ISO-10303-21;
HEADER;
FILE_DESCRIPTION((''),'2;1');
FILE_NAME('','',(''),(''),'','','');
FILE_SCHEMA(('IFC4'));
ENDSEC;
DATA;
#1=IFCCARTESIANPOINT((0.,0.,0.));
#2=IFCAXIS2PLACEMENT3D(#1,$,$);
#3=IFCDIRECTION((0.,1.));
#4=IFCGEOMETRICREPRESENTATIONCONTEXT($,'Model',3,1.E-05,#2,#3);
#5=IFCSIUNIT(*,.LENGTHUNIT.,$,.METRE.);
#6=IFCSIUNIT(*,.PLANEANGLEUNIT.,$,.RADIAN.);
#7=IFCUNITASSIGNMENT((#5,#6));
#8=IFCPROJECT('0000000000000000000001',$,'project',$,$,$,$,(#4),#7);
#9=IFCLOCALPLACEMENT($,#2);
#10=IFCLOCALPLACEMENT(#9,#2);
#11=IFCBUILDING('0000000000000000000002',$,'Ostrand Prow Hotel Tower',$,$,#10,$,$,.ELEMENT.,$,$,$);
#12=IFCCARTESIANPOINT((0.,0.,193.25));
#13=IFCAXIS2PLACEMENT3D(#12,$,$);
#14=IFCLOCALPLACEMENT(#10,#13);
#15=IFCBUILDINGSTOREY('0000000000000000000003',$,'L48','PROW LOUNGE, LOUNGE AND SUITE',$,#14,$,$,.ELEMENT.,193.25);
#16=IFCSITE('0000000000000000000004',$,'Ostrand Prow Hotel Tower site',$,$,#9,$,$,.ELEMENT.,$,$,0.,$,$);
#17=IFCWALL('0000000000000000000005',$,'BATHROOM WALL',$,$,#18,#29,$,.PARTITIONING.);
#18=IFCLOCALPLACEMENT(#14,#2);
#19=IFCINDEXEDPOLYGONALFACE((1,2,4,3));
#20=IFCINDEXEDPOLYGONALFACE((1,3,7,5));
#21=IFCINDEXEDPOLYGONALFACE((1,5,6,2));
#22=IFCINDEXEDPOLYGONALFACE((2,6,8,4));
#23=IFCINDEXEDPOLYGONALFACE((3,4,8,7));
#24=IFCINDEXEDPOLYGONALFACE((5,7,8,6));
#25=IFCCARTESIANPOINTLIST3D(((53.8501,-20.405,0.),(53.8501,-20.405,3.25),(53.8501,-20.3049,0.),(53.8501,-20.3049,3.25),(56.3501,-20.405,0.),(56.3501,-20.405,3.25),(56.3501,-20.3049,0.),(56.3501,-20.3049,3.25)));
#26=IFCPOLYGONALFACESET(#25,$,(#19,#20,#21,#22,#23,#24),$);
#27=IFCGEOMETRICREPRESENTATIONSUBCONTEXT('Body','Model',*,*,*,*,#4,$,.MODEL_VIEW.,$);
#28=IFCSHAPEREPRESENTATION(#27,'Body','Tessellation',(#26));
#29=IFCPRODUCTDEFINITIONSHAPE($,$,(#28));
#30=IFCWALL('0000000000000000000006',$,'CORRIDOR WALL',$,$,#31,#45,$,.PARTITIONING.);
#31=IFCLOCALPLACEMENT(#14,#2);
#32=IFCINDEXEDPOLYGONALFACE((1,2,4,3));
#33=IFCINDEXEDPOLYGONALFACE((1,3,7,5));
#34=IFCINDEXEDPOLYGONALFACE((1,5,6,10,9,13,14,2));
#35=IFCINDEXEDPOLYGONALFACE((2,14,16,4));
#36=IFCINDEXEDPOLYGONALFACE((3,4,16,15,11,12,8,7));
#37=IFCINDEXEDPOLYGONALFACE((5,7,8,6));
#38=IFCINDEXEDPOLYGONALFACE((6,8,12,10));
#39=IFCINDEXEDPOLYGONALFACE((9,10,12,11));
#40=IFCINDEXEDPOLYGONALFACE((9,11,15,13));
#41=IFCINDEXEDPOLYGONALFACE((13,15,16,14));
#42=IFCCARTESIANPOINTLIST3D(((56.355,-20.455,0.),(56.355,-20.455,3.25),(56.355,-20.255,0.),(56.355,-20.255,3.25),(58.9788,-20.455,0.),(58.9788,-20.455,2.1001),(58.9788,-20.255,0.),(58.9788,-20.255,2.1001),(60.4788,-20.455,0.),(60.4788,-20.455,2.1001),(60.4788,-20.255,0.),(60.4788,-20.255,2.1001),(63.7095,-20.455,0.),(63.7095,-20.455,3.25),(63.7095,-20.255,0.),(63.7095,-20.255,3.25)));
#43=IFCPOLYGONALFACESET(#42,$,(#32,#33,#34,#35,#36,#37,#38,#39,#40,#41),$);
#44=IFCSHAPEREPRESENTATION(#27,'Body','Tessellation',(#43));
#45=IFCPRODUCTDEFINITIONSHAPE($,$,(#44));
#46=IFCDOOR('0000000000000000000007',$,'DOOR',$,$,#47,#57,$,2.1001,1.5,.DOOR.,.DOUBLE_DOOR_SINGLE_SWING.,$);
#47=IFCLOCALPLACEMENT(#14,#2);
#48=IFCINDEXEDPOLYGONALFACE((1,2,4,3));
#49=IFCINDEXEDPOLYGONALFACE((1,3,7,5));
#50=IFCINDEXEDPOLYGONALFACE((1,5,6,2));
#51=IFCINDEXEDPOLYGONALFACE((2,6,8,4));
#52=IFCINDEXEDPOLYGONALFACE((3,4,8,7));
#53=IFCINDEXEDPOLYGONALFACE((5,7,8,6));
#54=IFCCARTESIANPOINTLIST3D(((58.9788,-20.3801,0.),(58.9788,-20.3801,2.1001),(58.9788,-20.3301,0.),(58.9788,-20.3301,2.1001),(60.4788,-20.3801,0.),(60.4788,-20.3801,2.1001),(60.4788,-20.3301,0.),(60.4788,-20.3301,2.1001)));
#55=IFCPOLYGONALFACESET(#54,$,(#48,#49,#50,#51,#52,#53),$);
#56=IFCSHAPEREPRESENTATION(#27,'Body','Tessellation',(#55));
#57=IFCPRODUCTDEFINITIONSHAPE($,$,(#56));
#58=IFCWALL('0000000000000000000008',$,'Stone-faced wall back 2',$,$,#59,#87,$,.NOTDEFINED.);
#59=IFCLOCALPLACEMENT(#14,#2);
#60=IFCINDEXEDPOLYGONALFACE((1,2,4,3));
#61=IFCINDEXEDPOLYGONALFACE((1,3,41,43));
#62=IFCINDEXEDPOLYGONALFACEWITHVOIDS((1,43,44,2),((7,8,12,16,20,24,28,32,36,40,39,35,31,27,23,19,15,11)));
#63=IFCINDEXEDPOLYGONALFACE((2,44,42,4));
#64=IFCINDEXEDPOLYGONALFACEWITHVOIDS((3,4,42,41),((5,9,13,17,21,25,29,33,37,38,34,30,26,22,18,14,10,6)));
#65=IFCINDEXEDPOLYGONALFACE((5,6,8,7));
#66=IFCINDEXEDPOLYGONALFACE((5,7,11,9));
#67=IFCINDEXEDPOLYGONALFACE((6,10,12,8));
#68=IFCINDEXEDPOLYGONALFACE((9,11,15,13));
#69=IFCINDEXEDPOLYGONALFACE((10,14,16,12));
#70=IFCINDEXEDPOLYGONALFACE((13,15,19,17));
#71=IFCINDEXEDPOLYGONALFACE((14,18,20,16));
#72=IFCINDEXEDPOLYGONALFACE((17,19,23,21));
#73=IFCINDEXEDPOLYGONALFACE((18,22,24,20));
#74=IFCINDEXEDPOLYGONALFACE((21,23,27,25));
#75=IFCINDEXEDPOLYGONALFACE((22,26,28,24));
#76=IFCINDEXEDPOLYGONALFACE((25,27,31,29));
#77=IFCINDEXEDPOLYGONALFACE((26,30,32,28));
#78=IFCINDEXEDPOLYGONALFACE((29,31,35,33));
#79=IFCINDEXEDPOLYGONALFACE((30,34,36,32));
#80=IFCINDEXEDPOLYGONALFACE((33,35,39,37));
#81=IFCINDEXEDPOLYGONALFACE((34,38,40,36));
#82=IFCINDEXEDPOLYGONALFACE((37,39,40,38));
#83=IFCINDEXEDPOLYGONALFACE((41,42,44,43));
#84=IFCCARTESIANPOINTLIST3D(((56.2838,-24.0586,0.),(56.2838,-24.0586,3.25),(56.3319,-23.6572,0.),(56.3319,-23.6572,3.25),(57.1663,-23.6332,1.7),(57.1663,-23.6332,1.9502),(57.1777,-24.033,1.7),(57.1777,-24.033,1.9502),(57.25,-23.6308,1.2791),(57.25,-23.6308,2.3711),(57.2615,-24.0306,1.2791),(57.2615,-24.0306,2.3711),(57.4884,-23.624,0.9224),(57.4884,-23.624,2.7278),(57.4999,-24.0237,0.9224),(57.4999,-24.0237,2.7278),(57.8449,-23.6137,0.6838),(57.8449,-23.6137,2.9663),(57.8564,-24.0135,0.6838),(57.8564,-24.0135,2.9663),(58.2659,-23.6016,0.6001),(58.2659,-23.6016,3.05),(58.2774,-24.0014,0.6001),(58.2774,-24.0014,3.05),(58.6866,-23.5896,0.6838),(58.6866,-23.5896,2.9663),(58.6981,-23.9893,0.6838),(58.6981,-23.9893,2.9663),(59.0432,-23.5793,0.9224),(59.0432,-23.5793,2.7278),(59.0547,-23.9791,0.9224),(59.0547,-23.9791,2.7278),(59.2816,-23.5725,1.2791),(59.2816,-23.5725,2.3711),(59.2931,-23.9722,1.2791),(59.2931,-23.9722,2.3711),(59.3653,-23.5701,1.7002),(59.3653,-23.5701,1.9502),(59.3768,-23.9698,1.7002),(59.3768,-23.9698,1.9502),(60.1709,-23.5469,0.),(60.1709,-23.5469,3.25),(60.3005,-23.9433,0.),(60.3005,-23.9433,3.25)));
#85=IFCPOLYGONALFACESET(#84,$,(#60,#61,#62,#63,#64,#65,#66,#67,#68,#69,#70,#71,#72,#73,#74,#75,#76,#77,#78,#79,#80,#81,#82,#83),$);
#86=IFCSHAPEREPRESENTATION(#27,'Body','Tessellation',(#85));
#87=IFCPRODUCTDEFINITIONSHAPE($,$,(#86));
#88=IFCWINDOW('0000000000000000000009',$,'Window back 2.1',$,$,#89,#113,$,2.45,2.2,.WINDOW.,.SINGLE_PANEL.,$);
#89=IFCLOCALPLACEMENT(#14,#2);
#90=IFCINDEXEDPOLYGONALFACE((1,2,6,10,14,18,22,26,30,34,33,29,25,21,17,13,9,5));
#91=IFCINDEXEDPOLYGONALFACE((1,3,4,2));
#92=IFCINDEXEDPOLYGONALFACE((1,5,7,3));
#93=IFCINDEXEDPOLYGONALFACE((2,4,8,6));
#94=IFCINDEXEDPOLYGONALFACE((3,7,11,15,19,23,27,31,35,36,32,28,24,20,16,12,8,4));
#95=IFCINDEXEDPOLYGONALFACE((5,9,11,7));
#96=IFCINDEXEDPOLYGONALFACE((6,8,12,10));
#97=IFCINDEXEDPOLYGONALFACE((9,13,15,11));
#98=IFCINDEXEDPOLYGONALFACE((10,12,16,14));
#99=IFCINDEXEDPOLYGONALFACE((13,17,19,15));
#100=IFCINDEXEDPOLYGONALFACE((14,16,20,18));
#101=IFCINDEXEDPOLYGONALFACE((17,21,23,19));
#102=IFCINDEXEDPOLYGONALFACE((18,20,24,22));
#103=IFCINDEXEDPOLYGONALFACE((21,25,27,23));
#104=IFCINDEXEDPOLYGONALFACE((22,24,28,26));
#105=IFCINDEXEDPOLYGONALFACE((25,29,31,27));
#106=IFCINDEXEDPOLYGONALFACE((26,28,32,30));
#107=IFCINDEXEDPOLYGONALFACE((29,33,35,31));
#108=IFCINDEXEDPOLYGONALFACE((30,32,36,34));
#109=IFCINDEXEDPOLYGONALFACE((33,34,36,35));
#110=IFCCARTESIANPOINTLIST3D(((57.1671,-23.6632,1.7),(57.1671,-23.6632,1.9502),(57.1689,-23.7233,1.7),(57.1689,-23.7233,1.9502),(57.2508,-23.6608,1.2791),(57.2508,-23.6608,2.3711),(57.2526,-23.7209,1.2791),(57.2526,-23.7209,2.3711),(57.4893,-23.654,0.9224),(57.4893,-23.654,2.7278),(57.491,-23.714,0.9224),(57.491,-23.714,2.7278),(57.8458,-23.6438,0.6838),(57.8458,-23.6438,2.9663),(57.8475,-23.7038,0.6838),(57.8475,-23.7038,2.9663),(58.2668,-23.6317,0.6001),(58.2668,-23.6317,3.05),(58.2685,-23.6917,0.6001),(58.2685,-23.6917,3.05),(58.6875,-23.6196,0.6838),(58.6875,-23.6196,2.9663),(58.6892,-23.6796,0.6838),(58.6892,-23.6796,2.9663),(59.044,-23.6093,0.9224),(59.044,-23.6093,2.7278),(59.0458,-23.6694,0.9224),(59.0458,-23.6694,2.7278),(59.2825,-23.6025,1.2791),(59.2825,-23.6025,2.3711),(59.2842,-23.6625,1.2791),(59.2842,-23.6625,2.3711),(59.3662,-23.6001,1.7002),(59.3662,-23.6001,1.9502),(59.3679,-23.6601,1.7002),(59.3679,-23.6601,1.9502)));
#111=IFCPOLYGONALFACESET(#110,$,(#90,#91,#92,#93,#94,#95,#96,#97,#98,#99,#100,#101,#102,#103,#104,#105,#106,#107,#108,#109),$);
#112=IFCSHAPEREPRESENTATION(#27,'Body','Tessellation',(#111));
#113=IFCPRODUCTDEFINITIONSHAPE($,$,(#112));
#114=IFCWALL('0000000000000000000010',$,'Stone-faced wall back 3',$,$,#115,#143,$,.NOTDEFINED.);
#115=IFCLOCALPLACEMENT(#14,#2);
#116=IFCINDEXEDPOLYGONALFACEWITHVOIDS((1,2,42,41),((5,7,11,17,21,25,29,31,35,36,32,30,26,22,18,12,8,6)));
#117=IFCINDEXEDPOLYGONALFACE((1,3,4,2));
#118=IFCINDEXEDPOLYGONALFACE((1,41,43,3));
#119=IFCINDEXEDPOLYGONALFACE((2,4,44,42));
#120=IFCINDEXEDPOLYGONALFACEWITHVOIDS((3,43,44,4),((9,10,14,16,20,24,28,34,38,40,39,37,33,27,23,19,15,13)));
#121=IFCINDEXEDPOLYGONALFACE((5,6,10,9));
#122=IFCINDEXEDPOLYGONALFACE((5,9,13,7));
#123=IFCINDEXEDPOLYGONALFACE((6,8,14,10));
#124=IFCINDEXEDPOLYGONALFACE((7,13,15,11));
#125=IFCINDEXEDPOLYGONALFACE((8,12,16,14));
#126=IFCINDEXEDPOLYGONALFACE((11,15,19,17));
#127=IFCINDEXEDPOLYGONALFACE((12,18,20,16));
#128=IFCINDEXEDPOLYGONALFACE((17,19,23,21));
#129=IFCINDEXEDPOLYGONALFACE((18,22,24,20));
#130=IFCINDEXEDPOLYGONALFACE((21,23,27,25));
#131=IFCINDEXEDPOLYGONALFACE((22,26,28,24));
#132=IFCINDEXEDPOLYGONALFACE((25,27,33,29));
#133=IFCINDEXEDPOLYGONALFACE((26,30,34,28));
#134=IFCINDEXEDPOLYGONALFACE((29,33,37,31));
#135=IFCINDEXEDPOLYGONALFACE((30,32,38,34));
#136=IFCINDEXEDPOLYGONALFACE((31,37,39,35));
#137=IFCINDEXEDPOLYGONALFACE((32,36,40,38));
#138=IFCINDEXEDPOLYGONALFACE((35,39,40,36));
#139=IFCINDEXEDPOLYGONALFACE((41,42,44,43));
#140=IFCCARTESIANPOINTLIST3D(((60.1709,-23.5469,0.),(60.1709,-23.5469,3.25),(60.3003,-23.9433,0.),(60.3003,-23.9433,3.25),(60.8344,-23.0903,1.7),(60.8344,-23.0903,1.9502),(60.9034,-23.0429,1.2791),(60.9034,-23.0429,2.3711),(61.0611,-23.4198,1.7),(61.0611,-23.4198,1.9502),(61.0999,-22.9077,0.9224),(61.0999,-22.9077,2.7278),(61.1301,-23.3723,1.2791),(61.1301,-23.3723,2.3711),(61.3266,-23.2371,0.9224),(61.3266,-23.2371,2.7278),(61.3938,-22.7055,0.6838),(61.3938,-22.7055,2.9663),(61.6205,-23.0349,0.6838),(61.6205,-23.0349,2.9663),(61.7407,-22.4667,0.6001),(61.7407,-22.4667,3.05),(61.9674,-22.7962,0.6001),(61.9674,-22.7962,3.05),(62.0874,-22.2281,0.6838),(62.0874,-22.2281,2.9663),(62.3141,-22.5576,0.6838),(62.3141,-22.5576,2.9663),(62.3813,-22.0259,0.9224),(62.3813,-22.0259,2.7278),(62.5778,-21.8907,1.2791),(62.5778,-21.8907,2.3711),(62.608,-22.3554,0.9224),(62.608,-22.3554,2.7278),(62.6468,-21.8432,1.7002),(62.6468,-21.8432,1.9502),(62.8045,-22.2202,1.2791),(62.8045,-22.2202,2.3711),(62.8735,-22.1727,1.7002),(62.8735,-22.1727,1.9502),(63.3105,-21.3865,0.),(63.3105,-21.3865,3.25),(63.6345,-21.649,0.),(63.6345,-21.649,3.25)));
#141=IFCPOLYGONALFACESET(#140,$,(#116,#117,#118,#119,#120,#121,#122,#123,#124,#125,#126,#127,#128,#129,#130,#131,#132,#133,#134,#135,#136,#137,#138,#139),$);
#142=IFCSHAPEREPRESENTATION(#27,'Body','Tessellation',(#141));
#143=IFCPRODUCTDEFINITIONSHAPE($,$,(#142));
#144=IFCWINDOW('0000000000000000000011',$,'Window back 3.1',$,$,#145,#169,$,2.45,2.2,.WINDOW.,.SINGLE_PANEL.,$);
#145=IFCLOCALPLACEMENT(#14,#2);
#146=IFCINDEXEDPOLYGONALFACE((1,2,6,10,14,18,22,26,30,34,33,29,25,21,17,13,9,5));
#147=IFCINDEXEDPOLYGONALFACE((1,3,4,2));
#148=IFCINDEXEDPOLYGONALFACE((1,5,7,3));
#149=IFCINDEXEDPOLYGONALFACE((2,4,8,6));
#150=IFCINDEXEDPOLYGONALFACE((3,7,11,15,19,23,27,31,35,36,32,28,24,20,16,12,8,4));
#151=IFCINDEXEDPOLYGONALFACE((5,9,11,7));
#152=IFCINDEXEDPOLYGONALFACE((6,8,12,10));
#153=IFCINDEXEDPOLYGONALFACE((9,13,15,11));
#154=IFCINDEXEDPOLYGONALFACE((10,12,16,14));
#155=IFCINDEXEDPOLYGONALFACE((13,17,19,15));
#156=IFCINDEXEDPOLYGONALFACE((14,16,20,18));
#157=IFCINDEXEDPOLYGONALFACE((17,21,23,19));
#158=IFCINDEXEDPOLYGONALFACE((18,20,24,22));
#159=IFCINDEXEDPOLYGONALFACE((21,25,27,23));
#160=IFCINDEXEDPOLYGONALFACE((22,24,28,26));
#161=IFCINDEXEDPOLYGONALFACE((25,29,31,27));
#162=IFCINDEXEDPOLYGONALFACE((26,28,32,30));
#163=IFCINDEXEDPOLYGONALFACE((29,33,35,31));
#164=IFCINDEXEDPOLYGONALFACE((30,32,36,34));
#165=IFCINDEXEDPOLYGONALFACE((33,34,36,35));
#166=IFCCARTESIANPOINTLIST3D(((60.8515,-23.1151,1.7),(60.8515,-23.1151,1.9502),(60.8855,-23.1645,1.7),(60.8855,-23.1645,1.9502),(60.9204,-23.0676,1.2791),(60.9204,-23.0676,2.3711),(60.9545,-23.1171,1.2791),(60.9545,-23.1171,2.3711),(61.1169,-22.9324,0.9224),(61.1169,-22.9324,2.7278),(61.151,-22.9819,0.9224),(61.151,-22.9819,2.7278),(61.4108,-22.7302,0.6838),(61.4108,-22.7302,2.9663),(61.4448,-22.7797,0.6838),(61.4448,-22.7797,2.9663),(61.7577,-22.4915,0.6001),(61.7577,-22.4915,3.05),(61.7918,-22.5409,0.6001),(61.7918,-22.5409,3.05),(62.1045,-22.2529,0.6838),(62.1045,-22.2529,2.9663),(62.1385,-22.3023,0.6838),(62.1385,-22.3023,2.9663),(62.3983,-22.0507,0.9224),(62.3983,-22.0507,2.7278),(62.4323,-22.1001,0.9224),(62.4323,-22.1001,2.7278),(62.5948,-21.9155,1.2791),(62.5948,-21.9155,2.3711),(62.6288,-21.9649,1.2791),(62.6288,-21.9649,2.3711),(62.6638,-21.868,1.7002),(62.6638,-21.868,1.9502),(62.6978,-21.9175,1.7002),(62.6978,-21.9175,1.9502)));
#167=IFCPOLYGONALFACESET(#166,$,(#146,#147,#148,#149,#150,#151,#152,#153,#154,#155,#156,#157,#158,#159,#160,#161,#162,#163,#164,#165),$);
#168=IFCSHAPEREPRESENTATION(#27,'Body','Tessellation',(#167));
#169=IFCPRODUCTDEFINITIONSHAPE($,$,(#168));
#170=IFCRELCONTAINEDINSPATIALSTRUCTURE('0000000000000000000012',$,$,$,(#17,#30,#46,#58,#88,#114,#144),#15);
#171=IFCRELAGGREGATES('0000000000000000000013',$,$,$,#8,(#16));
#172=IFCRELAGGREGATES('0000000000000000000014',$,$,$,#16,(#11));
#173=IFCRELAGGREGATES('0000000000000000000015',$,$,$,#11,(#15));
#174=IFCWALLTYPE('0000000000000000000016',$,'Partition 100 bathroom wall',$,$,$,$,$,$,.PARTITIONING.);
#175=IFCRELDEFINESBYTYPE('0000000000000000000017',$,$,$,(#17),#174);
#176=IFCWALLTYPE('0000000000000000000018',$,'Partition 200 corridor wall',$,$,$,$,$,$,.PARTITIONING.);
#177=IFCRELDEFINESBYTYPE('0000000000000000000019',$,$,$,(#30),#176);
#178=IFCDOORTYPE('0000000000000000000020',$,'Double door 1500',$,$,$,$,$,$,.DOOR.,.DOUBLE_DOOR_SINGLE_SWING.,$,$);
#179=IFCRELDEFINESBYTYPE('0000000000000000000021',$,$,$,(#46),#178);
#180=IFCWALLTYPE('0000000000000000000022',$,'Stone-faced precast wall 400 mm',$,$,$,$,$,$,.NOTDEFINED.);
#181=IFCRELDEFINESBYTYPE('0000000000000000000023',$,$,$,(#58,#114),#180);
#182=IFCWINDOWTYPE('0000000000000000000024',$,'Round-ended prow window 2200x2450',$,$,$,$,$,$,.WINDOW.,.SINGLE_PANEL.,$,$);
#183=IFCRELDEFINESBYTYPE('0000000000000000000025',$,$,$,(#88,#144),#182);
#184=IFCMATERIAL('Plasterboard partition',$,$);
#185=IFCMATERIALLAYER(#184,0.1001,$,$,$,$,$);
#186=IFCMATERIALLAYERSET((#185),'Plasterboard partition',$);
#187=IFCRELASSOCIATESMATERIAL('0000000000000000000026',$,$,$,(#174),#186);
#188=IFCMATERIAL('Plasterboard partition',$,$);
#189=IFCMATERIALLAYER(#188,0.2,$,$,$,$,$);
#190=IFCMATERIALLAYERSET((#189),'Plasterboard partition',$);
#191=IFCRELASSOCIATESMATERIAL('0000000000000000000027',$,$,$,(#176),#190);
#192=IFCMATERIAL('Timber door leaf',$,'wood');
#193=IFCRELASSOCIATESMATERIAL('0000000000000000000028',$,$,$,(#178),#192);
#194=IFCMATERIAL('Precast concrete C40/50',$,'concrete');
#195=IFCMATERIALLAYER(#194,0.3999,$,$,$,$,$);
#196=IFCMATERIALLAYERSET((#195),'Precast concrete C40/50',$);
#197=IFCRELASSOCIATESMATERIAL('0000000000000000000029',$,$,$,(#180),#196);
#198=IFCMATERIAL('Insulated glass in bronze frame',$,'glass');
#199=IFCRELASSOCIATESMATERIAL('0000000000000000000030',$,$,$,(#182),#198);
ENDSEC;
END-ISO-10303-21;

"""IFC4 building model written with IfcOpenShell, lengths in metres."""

from ifc_helpers import new_model, si_unit, direction, frame, frame_2d, origin, place, context, subcontext, project, spatial, polyline, rectangle, outline, extrude, material, layer, layer_set, type_object, element, fill, save


model = new_model("IFC4")

# Units and contexts
model_context = context("Model", 3, precision=1e-05, world=origin(), true_north=direction((0.0, 1.0)))
body_context = subcontext(model_context, "Body", "Model", "MODEL_VIEW")
ifc_project = project(units=[si_unit("LENGTHUNIT", "METRE"), si_unit("PLANEANGLEUNIT", "RADIAN")], contexts=[model_context])

# Site, building, storey
site_placement = place(None, origin())
site = spatial("IfcSite", under=ifc_project, at=site_placement, Name="Ostrand Prow Hotel Tower site", CompositionType="ELEMENT", RefElevation=0.0)
building_placement = place(site_placement, origin())
building = spatial("IfcBuilding", under=site, at=building_placement, Name="Ostrand Prow Hotel Tower", CompositionType="ELEMENT")
storey_placement = place(building_placement, frame((0.0, 0.0, 193.25)))
storey = spatial("IfcBuildingStorey", under=building, at=storey_placement, Name="L48", Description="PROW LOUNGE, LOUNGE AND SUITE", CompositionType="ELEMENT", Elevation=193.25)

# Shared definitions
ifc_material_1 = material(Name="Plasterboard partition")
ifc_layer_1 = layer(ifc_material_1, 0.1001)
ifc_layer_set_1 = layer_set([ifc_layer_1], Name="Plasterboard partition")
wall_type_1 = type_object("IfcWallType", Name="Partition 100 bathroom wall", PredefinedType="PARTITIONING", material=ifc_layer_set_1)

# Wall
wall_1_placement = place(storey_placement, frame((53.8501, -20.355, 0.0), z_axis=(0.0, 0.0, 1.0), x_axis=(1.0, 0.0, 0.0)))
element("IfcWall", 1, at=wall_1_placement, inside=storey, type_object=wall_type_1, Name="BATHROOM WALL", PredefinedType="PARTITIONING", context=body_context, shape_type="SweptSolid", body=[
    extrude(rectangle(XDim=2.5, YDim=0.1001, at=frame_2d((1.25, 0.0))), origin(), (0.0, 0.0, 1.0), 3.25),
])

# Wall, opening, door
ifc_material_2 = material(Name="Plasterboard partition")
ifc_layer_2 = layer(ifc_material_2, 0.2)
ifc_layer_set_2 = layer_set([ifc_layer_2], Name="Plasterboard partition")
wall_type_2 = type_object("IfcWallType", Name="Partition 200 corridor wall", PredefinedType="PARTITIONING", material=ifc_layer_set_2)
wall_2_placement = place(storey_placement, frame((56.355, -20.355, 0.0), z_axis=(0.0, 0.0, 1.0), x_axis=(1.0, 0.0, 0.0)))
wall_2 = element("IfcWall", 2, at=wall_2_placement, inside=storey, type_object=wall_type_2, Name="CORRIDOR WALL", PredefinedType="PARTITIONING", context=body_context, shape_type="SweptSolid", body=[
    extrude(rectangle(XDim=7.3545, YDim=0.2, at=frame_2d((3.6772, 0.0))), origin(), (0.0, 0.0, 1.0), 3.25),
])
opening_1_placement = place(wall_2_placement, frame((2.6238, 0.0, 0.0)))
opening_1 = element("IfcOpeningElement", 3, at=opening_1_placement, cuts=wall_2, PredefinedType="OPENING", context=body_context, shape_type="SweptSolid", body=[
    extrude(rectangle(XDim=1.5, YDim=2.1001, at=frame_2d((0.75, 1.05))), frame((0.0, 0.1099, 0.0), z_axis=(0.0, -1.0, 0.0), x_axis=(1.0, 0.0, 0.0)), (0.0, 0.0, 1.0), 0.22),
])
ifc_material_3 = material(Name="Timber door leaf", Category="wood")
door_type_1 = type_object("IfcDoorType", Name="Double door 1500", OperationType="DOUBLE_DOOR_SINGLE_SWING", PredefinedType="DOOR", material=ifc_material_3)
door_1_placement = place(opening_1_placement, origin())
door_1 = element("IfcDoor", 4, at=door_1_placement, inside=storey, type_object=door_type_1, Name="DOOR", OperationType="DOUBLE_DOOR_SINGLE_SWING", OverallHeight=2.1001, OverallWidth=1.5, PredefinedType="DOOR", context=body_context, shape_type="SweptSolid", body=[
    extrude(rectangle(XDim=1.5, YDim=2.1001, at=frame_2d((0.75, 1.05))), frame((0.0, 0.0249, 0.0), z_axis=(0.0, -1.0, 0.0), x_axis=(1.0, 0.0, 0.0)), (0.0, 0.0, 1.0), 0.05),
])
fill(opening_1, door_1)

# Walls, openings, windows
ifc_material_4 = material(Name="Precast concrete C40/50", Category="concrete")
ifc_layer_3 = layer(ifc_material_4, 0.3999)
ifc_layer_set_3 = layer_set([ifc_layer_3], Name="Precast concrete C40/50")
wall_type_3 = type_object("IfcWallType", Name="Stone-faced precast wall 400 mm", PredefinedType="NOTDEFINED", material=ifc_layer_set_3)
wall_3_placement = place(storey_placement, frame((56.3079, -23.8579, 0.0), z_axis=(0.0, 0.0, 1.0), x_axis=(0.999588, 0.028705, 0.0)))
wall_3 = element("IfcWall", 5, at=wall_3_placement, inside=storey, type_object=wall_type_3, Name="Stone-faced wall back 2", PredefinedType="NOTDEFINED", context=body_context, shape_type="SweptSolid", body=[
    extrude(outline(polyline([(-0.0298, -0.2), (3.9885, -0.2), (3.8704, 0.2), (0.0298, 0.2), (-0.0298, -0.2)])), origin(), (0.0, 0.0, 1.0), 3.25),
])
opening_2_placement = place(wall_3_placement, frame((0.8645, 0.0, 0.6001)))
opening_2 = element("IfcOpeningElement", 6, at=opening_2_placement, cuts=wall_3, PredefinedType="OPENING", context=body_context, shape_type="SweptSolid", body=[
    extrude(outline(polyline([(0.0, 1.3501), (0.0837, 1.771), (0.3223, 2.1277), (0.679, 2.3662), (1.1001, 2.45), (1.521, 2.3662), (1.8777, 2.1277), (2.1162, 1.771), (2.2, 1.3501), (2.2, 1.1001), (2.1162, 0.679), (1.8777, 0.3223), (1.521, 0.0837), (1.1001, 0.0), (0.679, 0.0837), (0.3223, 0.3223), (0.0837, 0.679), (0.0, 1.0999), (0.0, 1.3501)])), frame((0.0, 0.21, 0.0), z_axis=(0.0, -1.0, 0.0), x_axis=(1.0, 0.0, 0.0)), (0.0, 0.0, 1.0), 0.4199),
])
ifc_material_5 = material(Name="Insulated glass in bronze frame", Category="glass")
window_type = type_object("IfcWindowType", Name="Round-ended prow window 2200x2450", PartitioningType="SINGLE_PANEL", PredefinedType="WINDOW", material=ifc_material_5)
window_1_placement = place(opening_2_placement, origin())
window_1 = element("IfcWindow", 7, at=window_1_placement, inside=storey, type_object=window_type, Name="Window back 2.1", OverallHeight=2.45, OverallWidth=2.2, PartitioningType="SINGLE_PANEL", PredefinedType="WINDOW", context=body_context, shape_type="SweptSolid", body=[
    extrude(outline(polyline([(0.0, 1.3501), (0.0837, 1.771), (0.3223, 2.1277), (0.679, 2.3662), (1.1001, 2.45), (1.521, 2.3662), (1.8777, 2.1277), (2.1162, 1.771), (2.2, 1.3501), (2.2, 1.1001), (2.1162, 0.679), (1.8777, 0.3223), (1.521, 0.0837), (1.1001, 0.0), (0.679, 0.0837), (0.3223, 0.3223), (0.0837, 0.679), (0.0, 1.0999), (0.0, 1.3501)])), frame((0.0, 0.1699, 0.0), z_axis=(0.0, -1.0, 0.0), x_axis=(1.0, 0.0, 0.0)), (0.0, 0.0, 1.0), 0.0601),
])
fill(opening_2, window_1)
wall_4_placement = place(storey_placement, frame((60.2356, -23.7451, 0.0), z_axis=(0.0, 0.0, 1.0), x_axis=(0.823806, 0.566872, 0.0)))
wall_4 = element("IfcWall", 8, at=wall_4_placement, inside=storey, type_object=wall_type_3, Name="Stone-faced wall back 3", PredefinedType="NOTDEFINED", context=body_context, shape_type="SweptSolid", body=[
    extrude(outline(polyline([(-0.0591, -0.2), (3.9883, -0.2), (3.8701, 0.2), (0.0591, 0.2), (-0.0591, -0.2)])), origin(), (0.0, 0.0, 1.0), 3.25),
])
opening_3_placement = place(wall_4_placement, frame((0.8645, 0.0, 0.6001)))
opening_3 = element("IfcOpeningElement", 9, at=opening_3_placement, cuts=wall_4, PredefinedType="OPENING", context=body_context, shape_type="SweptSolid", body=[
    extrude(outline(polyline([(0.0, 1.3501), (0.0837, 1.771), (0.3223, 2.1277), (0.679, 2.3662), (1.1001, 2.45), (1.521, 2.3662), (1.8777, 2.1277), (2.1162, 1.771), (2.2, 1.3501), (2.2, 1.1001), (2.1162, 0.679), (1.8777, 0.3223), (1.521, 0.0837), (1.1001, 0.0), (0.679, 0.0837), (0.3223, 0.3223), (0.0837, 0.679), (0.0, 1.0999), (0.0, 1.3501)])), frame((0.0, 0.21, 0.0), z_axis=(0.0, -1.0, 0.0), x_axis=(1.0, 0.0, 0.0)), (0.0, 0.0, 1.0), 0.4199),
])
window_2_placement = place(opening_3_placement, origin())
window_2 = element("IfcWindow", 10, at=window_2_placement, inside=storey, type_object=window_type, Name="Window back 3.1", OverallHeight=2.45, OverallWidth=2.2, PartitioningType="SINGLE_PANEL", PredefinedType="WINDOW", context=body_context, shape_type="SweptSolid", body=[
    extrude(outline(polyline([(0.0, 1.3501), (0.0837, 1.771), (0.3223, 2.1277), (0.679, 2.3662), (1.1001, 2.45), (1.521, 2.3662), (1.8777, 2.1277), (2.1162, 1.771), (2.2, 1.3501), (2.2, 1.1001), (2.1162, 0.679), (1.8777, 0.3223), (1.521, 0.0837), (1.1001, 0.0), (0.679, 0.0837), (0.3223, 0.3223), (0.0837, 0.679), (0.0, 1.0999), (0.0, 1.3501)])), frame((0.0, 0.1699, 0.0), z_axis=(0.0, -1.0, 0.0), x_axis=(1.0, 0.0, 0.0)), (0.0, 0.0, 1.0), 0.0601),
])
fill(opening_3, window_2)

save(model, "model.ifc")
